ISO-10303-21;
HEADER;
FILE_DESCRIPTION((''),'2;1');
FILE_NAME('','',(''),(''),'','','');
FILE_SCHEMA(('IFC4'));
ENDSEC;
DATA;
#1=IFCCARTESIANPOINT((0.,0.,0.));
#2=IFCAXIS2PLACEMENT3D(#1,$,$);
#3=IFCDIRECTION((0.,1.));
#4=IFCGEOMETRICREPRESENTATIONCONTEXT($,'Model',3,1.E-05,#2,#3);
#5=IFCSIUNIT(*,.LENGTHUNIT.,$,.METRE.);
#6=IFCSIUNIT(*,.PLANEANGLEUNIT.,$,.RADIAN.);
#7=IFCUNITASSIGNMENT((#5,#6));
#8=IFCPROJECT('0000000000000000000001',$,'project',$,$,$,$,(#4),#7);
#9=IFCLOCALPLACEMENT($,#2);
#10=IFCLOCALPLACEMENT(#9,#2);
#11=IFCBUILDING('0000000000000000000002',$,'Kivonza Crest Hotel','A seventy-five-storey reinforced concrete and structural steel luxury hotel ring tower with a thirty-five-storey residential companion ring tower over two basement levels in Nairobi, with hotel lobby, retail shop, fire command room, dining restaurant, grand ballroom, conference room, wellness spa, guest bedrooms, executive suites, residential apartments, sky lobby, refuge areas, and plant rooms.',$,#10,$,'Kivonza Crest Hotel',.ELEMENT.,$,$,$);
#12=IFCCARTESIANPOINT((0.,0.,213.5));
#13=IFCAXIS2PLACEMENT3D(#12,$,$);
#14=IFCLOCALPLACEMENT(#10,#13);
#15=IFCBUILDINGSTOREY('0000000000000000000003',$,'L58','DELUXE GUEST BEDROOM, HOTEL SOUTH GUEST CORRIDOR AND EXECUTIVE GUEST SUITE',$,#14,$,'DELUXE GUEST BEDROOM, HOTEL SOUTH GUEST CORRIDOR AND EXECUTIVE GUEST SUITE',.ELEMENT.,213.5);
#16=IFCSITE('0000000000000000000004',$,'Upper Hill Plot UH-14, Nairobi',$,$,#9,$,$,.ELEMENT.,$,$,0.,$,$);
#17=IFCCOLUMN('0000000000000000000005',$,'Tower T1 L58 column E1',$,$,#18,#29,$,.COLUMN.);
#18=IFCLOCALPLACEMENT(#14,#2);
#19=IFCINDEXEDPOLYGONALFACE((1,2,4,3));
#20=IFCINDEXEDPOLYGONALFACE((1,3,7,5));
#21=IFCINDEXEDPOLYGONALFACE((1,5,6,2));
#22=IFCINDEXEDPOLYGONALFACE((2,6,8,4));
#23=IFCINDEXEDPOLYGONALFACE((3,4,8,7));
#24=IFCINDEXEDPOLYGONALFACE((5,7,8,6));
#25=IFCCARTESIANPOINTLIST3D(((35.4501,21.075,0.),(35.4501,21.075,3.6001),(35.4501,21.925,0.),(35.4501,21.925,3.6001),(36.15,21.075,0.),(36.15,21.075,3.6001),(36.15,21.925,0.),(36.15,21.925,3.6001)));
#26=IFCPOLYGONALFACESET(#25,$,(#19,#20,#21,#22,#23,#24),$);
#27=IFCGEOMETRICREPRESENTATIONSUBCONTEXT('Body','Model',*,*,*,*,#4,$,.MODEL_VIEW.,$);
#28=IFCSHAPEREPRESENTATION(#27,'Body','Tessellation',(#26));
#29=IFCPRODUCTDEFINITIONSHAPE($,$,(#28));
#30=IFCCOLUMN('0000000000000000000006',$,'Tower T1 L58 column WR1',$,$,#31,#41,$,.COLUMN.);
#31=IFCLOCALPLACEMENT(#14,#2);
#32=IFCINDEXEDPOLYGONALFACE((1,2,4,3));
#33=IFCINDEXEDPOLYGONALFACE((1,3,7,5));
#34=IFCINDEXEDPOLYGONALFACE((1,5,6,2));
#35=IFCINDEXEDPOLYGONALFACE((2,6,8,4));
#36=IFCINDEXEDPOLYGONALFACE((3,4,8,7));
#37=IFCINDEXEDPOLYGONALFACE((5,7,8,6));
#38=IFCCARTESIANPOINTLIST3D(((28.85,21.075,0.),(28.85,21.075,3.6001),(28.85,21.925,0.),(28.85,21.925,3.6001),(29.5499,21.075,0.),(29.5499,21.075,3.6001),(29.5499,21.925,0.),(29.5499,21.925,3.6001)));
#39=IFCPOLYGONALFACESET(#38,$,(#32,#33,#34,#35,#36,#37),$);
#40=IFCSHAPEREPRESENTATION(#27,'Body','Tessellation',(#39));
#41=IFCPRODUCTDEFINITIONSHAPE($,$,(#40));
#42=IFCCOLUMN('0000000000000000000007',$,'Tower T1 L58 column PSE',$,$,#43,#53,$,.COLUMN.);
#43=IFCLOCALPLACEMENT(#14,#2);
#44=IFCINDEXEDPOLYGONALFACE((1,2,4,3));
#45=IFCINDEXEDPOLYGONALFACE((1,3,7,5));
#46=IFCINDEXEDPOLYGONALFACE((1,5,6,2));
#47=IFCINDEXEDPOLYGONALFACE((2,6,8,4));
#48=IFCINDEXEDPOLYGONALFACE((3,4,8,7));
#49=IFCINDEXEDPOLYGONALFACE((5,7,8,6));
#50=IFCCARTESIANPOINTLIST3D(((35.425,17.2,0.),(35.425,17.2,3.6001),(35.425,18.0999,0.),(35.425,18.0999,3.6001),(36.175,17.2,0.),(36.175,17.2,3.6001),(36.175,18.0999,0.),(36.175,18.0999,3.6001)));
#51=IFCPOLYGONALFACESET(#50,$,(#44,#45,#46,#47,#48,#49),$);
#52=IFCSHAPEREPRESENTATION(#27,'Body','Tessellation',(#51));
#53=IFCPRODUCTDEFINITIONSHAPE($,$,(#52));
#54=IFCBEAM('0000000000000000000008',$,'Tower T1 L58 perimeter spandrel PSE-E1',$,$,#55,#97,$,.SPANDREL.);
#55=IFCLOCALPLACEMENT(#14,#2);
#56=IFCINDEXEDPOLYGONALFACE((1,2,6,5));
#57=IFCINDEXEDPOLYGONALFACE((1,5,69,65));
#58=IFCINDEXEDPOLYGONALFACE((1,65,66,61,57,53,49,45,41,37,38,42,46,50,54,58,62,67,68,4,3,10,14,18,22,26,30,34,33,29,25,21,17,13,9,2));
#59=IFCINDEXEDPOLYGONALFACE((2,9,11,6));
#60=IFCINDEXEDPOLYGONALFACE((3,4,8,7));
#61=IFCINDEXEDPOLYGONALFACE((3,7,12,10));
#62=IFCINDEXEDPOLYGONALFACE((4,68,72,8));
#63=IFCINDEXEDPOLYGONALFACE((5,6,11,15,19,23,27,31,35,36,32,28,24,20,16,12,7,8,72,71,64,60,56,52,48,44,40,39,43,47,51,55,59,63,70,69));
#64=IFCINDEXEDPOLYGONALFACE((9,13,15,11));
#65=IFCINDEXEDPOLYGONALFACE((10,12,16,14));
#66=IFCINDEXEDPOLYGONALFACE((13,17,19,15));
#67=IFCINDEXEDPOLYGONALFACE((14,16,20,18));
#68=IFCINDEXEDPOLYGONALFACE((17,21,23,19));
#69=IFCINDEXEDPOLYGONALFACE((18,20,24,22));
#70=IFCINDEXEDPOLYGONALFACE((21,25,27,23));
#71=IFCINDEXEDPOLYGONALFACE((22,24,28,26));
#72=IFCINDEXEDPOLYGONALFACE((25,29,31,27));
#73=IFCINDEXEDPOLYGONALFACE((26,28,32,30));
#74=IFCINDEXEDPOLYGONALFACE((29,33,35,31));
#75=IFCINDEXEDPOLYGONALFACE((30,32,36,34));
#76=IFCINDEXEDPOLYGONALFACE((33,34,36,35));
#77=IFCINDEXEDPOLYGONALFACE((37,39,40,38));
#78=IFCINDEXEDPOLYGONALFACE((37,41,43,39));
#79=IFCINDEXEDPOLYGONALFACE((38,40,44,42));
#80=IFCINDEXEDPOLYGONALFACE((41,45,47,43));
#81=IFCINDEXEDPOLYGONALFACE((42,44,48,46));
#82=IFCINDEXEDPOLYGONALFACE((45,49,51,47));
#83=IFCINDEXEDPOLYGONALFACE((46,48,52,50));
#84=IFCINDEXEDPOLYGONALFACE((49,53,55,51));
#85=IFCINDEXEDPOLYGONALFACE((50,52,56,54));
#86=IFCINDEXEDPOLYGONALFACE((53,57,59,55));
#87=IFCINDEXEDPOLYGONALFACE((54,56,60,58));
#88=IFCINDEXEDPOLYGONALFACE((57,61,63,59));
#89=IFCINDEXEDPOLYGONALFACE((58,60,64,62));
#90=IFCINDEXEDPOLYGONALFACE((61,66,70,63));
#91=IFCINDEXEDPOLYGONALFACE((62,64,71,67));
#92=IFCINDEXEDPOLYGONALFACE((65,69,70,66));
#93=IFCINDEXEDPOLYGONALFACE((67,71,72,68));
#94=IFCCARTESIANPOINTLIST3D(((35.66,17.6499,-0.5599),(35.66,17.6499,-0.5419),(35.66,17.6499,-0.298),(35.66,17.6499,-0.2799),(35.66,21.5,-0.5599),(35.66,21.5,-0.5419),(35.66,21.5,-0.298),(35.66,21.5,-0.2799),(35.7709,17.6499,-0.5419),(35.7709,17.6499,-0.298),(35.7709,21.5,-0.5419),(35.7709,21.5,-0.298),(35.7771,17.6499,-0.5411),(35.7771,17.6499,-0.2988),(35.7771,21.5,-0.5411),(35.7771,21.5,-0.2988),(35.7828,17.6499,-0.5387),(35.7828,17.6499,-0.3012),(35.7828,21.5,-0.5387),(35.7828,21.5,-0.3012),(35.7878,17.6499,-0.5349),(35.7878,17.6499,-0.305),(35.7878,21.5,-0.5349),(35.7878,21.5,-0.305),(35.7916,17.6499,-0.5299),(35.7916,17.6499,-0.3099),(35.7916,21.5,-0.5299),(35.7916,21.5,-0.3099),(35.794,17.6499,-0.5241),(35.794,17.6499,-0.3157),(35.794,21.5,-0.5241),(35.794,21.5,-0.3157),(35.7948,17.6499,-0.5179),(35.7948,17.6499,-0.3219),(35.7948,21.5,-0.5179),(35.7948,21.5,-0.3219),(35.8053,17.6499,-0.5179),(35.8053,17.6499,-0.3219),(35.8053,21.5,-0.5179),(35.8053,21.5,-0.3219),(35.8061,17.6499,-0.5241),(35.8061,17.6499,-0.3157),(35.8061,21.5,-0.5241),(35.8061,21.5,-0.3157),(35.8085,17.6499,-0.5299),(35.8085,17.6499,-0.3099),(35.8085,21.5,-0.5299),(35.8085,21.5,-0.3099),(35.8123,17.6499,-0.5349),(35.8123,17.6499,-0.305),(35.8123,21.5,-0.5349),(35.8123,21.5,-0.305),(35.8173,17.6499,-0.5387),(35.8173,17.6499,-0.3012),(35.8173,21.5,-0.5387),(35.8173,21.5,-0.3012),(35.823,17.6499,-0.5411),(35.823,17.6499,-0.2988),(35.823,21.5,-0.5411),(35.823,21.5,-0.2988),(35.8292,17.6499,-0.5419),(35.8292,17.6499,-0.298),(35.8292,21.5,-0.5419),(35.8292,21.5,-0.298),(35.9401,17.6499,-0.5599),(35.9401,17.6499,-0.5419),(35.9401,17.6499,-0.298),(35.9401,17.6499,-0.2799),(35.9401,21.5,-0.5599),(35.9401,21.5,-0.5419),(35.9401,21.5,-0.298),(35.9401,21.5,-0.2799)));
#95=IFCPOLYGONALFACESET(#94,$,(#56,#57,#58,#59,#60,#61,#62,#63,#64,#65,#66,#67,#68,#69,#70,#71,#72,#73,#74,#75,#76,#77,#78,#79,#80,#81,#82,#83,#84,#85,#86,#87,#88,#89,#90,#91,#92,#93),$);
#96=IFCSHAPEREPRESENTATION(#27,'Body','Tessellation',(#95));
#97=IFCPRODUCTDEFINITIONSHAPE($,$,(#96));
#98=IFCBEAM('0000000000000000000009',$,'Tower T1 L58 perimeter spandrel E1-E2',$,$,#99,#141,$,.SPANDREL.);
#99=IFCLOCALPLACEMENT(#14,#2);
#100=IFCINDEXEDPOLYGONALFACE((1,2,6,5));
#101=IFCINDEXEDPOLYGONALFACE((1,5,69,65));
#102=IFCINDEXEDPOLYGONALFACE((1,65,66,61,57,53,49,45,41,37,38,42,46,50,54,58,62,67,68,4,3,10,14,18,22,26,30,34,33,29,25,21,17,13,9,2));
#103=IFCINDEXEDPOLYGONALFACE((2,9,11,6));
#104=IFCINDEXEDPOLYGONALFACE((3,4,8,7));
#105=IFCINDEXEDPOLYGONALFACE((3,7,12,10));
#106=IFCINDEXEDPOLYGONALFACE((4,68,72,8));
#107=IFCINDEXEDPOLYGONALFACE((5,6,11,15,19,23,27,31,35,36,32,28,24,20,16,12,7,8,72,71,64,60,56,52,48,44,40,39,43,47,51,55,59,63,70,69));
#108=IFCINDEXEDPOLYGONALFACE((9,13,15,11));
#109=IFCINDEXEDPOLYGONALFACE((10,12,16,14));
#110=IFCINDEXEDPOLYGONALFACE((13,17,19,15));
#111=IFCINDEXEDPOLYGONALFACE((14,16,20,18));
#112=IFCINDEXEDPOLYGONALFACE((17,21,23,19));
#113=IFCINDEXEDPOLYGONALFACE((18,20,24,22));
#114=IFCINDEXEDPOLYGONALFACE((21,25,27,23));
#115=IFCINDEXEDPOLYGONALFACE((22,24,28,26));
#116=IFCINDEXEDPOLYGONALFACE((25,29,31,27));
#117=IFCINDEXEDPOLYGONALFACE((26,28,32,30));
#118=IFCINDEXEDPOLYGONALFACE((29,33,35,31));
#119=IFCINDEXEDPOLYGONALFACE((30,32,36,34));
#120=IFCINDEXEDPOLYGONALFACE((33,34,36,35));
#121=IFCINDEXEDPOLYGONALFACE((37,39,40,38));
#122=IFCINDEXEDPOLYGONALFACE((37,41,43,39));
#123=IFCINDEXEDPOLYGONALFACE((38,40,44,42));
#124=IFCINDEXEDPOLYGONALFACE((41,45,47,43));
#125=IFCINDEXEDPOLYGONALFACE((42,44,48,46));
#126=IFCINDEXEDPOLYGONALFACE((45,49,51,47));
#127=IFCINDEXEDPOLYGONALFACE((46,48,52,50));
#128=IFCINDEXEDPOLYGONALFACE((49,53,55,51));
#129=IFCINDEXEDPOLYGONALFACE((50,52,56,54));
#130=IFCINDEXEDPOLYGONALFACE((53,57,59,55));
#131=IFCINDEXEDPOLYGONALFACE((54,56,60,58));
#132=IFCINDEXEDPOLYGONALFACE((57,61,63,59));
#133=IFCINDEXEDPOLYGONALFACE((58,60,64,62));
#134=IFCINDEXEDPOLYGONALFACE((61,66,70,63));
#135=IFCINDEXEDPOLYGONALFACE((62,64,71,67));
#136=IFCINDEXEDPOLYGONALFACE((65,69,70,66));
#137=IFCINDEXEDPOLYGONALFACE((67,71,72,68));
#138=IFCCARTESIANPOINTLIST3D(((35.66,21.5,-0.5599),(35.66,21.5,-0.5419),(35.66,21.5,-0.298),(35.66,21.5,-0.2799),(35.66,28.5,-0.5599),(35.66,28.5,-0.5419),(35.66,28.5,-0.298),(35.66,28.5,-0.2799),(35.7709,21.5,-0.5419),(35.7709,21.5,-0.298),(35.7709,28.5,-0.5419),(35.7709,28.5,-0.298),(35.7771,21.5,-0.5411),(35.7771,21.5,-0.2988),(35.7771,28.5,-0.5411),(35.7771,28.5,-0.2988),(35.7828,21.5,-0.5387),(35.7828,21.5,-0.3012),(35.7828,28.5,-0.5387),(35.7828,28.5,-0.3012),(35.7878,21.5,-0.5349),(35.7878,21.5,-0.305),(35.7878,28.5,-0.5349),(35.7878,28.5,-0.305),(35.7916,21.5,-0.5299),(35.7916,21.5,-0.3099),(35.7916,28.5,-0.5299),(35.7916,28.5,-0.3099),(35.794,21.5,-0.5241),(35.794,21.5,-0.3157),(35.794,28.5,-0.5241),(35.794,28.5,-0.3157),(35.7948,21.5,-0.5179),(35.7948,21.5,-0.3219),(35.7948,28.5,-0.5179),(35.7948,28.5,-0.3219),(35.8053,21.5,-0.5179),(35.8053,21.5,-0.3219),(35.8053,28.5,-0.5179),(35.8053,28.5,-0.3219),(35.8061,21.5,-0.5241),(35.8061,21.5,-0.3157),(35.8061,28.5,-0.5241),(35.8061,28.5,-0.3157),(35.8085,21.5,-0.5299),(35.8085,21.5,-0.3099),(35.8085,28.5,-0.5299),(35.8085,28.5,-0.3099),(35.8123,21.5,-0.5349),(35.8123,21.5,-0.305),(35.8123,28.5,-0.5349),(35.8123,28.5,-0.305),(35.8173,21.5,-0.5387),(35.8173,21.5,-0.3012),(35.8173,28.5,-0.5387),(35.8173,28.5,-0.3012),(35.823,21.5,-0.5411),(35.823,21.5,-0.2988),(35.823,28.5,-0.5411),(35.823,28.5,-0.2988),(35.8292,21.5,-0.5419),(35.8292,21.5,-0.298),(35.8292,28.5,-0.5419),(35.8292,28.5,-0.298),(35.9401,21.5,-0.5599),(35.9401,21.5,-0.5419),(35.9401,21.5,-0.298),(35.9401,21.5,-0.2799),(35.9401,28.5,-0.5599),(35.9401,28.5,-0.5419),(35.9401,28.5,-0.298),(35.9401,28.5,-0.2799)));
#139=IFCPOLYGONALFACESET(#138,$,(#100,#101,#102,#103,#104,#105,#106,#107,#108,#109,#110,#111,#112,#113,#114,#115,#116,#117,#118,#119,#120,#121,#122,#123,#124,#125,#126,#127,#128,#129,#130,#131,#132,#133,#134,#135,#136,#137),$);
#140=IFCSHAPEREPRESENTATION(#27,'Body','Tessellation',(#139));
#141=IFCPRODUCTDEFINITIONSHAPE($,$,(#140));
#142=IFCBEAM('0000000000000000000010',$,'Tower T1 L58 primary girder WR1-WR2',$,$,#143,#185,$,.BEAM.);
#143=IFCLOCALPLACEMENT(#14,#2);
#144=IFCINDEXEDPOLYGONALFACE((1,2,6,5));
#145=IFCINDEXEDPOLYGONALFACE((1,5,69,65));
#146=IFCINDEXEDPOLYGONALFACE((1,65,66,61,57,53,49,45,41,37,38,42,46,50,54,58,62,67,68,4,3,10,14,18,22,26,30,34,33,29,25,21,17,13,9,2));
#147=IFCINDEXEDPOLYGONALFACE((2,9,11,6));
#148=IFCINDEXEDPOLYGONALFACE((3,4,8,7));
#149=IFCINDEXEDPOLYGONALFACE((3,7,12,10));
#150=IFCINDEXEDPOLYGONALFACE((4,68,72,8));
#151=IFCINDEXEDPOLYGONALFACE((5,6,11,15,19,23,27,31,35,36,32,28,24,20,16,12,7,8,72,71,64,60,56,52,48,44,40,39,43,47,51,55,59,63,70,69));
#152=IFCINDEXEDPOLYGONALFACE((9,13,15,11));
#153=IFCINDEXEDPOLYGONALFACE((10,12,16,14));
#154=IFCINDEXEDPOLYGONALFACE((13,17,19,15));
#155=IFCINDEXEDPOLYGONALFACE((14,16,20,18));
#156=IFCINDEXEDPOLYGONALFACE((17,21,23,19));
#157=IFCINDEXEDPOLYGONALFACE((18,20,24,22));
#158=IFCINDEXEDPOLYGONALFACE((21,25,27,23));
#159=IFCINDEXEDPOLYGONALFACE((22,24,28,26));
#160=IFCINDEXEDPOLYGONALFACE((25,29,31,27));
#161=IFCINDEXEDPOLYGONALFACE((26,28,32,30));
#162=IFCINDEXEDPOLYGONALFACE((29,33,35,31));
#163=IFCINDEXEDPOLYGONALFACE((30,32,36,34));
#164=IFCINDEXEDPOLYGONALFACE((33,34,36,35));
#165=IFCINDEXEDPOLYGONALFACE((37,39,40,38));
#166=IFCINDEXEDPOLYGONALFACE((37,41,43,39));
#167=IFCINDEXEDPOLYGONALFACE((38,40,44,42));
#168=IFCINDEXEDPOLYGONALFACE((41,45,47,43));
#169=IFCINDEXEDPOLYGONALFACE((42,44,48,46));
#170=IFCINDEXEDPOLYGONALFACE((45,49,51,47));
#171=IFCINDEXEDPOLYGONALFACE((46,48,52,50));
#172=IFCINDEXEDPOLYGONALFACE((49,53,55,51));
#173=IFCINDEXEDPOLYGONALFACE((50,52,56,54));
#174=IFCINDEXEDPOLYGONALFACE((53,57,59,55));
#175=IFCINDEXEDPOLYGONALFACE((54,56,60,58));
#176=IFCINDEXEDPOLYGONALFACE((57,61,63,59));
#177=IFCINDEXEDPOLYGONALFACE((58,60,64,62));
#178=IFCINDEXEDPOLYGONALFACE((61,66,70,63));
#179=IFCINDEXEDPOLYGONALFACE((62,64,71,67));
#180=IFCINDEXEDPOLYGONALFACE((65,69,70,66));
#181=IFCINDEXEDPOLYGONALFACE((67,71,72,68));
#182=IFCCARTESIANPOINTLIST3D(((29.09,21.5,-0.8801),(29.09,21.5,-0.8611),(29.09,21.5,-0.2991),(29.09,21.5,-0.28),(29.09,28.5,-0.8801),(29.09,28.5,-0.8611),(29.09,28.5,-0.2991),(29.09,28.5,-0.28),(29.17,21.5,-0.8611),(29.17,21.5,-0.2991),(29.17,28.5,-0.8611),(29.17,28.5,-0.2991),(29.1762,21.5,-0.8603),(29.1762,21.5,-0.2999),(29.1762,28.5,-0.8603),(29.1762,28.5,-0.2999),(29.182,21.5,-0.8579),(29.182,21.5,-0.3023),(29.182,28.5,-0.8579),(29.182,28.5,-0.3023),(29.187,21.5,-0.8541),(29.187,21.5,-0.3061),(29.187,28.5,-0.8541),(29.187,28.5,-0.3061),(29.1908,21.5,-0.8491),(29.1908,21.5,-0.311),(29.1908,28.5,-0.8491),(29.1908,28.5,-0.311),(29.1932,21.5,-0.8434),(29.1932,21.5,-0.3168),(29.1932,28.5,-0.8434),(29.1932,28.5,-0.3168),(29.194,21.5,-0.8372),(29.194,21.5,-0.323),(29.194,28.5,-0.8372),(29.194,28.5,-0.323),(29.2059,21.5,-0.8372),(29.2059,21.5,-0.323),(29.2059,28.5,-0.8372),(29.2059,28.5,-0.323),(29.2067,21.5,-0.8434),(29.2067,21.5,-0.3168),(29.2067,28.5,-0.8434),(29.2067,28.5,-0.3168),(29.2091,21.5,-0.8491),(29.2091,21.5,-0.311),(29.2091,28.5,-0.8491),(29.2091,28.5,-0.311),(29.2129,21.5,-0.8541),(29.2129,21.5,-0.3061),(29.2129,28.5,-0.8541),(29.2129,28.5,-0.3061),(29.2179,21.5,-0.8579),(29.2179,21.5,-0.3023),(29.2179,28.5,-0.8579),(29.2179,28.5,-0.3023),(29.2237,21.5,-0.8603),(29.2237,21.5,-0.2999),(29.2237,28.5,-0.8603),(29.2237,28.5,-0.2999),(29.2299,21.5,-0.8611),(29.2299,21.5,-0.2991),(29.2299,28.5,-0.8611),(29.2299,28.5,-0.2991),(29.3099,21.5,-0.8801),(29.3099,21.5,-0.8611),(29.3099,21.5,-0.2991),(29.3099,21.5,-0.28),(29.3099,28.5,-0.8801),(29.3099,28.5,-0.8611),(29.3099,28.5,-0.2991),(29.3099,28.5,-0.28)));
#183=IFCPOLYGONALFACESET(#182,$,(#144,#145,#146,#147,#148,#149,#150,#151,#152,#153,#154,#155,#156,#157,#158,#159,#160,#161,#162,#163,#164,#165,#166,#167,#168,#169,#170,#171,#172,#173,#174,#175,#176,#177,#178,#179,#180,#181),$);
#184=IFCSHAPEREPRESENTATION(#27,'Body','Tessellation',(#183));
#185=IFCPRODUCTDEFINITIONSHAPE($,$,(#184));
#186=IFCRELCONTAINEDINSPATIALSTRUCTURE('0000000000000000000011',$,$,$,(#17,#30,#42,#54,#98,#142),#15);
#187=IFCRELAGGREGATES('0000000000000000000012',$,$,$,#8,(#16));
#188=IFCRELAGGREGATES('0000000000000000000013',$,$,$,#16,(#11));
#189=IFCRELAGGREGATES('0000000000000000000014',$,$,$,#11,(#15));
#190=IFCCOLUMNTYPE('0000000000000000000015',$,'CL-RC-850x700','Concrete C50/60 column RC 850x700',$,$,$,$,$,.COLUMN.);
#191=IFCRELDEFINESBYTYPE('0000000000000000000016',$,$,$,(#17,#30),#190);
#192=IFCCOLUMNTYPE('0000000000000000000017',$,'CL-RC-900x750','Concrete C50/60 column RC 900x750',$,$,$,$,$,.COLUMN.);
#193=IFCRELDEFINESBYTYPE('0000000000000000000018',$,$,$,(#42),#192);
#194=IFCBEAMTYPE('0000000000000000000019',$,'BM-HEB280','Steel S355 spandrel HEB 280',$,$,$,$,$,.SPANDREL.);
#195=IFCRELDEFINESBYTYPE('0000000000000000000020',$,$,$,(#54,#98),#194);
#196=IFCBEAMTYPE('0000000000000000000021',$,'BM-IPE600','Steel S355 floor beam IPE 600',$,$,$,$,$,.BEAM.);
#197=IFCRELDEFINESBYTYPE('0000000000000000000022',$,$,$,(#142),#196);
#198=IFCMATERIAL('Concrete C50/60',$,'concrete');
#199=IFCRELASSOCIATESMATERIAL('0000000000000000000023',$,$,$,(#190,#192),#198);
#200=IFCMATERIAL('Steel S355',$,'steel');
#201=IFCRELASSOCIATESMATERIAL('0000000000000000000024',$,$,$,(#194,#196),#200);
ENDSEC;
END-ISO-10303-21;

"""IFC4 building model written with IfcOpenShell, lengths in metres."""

from ifc_helpers import new_model, si_unit, direction, frame, origin, origin_2d, place, context, subcontext, project, spatial, rectangle, i_section, extrude, material, material_profile, profile_set, type_object, element, save


model = new_model("IFC4")

# Units and contexts
model_context = context("Model", 3, precision=1e-05, world=origin(), true_north=direction((0.0, 1.0)))
body_context = subcontext(model_context, "Body", "Model", "MODEL_VIEW")
ifc_project = project(units=[si_unit("LENGTHUNIT", "METRE"), si_unit("PLANEANGLEUNIT", "RADIAN")], contexts=[model_context])

# Site, building, storey
site_placement = place(None, origin())
site = spatial("IfcSite", under=ifc_project, at=site_placement, Name="Upper Hill Plot UH-14, Nairobi", CompositionType="ELEMENT", RefElevation=0.0)
building_placement = place(site_placement, origin())
building = spatial("IfcBuilding", under=site, at=building_placement, Name="Kivonza Crest Hotel", Description="A seventy-five-storey reinforced concrete and structural steel luxury hotel ring tower with a thirty-five-storey residential companion ring tower over two basement levels in Nairobi, with hotel lobby, retail shop, fire command room, dining restaurant, grand ballroom, conference room, wellness spa, guest bedrooms, executive suites, residential apartments, sky lobby, refuge areas, and plant rooms.", LongName="Kivonza Crest Hotel", CompositionType="ELEMENT")
storey_placement = place(building_placement, frame((0.0, 0.0, 213.5)))
storey = spatial("IfcBuildingStorey", under=building, at=storey_placement, Name="L58", Description="DELUXE GUEST BEDROOM, HOTEL SOUTH GUEST CORRIDOR AND EXECUTIVE GUEST SUITE", LongName="DELUXE GUEST BEDROOM, HOTEL SOUTH GUEST CORRIDOR AND EXECUTIVE GUEST SUITE", CompositionType="ELEMENT", Elevation=213.5)

# Columns
ifc_material_1 = material(Name="Concrete C50/60", Category="concrete")
ifc_material_profile_1 = material_profile(ifc_material_1, rectangle(XDim=0.7, YDim=0.8501, at=origin_2d()), Name="RC 850x700")
ifc_profile_set_1 = profile_set([ifc_material_profile_1], Name="Concrete C50/60")
column_type_1 = type_object("IfcColumnType", Name="CL-RC-850x700", Description="Concrete C50/60 column RC 850x700", PredefinedType="COLUMN", material=ifc_profile_set_1)
for number, where, z_axis, x_axis, name in (
    (1, (35.8, 21.5, 0.0), (0.0, 0.0, 1.0), (1.0, 0.0, 0.0), "Tower T1 L58 column E1"),
    (2, (29.2, 21.5, 0.0), (0.0, 0.0, 1.0), (1.0, 0.0, 0.0), "Tower T1 L58 column WR1"),
):
    element("IfcColumn", number, at=place(storey_placement, frame(where, z_axis=z_axis, x_axis=x_axis)), inside=storey, type_object=column_type_1, Name=name, PredefinedType="COLUMN", context=body_context, shape_type="SweptSolid", body=[
        extrude(rectangle(XDim=0.7, YDim=0.8501, at=origin_2d()), origin(), (0.0, 0.0, 1.0), 3.6001),
    ])
ifc_material_profile_2 = material_profile(ifc_material_1, rectangle(XDim=0.75, YDim=0.8999, at=origin_2d()), Name="RC 900x750")
ifc_profile_set_2 = profile_set([ifc_material_profile_2], Name="Concrete C50/60")
column_type_2 = type_object("IfcColumnType", Name="CL-RC-900x750", Description="Concrete C50/60 column RC 900x750", PredefinedType="COLUMN", material=ifc_profile_set_2)
column_placement = place(storey_placement, frame((35.8, 17.6499, 0.0), z_axis=(0.0, 0.0, 1.0), x_axis=(1.0, 0.0, 0.0)))
element("IfcColumn", 3, at=column_placement, inside=storey, type_object=column_type_2, Name="Tower T1 L58 column PSE", PredefinedType="COLUMN", context=body_context, shape_type="SweptSolid", body=[
    extrude(rectangle(XDim=0.75, YDim=0.8999, at=origin_2d()), origin(), (0.0, 0.0, 1.0), 3.6001),
])

# Beams
ifc_material_2 = material(Name="Steel S355", Category="steel")
ifc_material_profile_3 = material_profile(ifc_material_2, i_section(OverallWidth=0.28, OverallDepth=0.28, WebThickness=0.0105, FlangeThickness=0.0181, FilletRadius=0.0239, at=origin_2d()), Name="HEB 280")
ifc_profile_set_3 = profile_set([ifc_material_profile_3], Name="Steel S355")
beam_type_1 = type_object("IfcBeamType", Name="BM-HEB280", Description="Steel S355 spandrel HEB 280", PredefinedType="SPANDREL", material=ifc_profile_set_3)
beam_1_placement = place(storey_placement, frame((35.8, 17.6499, -0.4199), z_axis=(0.0, 1.0, 0.0), x_axis=(-1.0, 0.0, 0.0)))
element("IfcBeam", 4, at=beam_1_placement, inside=storey, type_object=beam_type_1, Name="Tower T1 L58 perimeter spandrel PSE-E1", PredefinedType="SPANDREL", context=body_context, shape_type="SweptSolid", body=[
    extrude(i_section(OverallWidth=0.28, OverallDepth=0.28, WebThickness=0.0105, FlangeThickness=0.0181, FilletRadius=0.0239, at=origin_2d()), origin(), (0.0, 0.0, 1.0), 3.8501),
])
beam_2_placement = place(storey_placement, frame((35.8, 21.5, -0.4199), z_axis=(0.0, 1.0, 0.0), x_axis=(-1.0, 0.0, 0.0)))
element("IfcBeam", 5, at=beam_2_placement, inside=storey, type_object=beam_type_1, Name="Tower T1 L58 perimeter spandrel E1-E2", PredefinedType="SPANDREL", context=body_context, shape_type="SweptSolid", body=[
    extrude(i_section(OverallWidth=0.28, OverallDepth=0.28, WebThickness=0.0105, FlangeThickness=0.0181, FilletRadius=0.0239, at=origin_2d()), origin(), (0.0, 0.0, 1.0), 7.0),
])
ifc_material_profile_4 = material_profile(ifc_material_2, i_section(OverallWidth=0.22, OverallDepth=0.6001, WebThickness=0.012, FlangeThickness=0.019, FilletRadius=0.0239, at=origin_2d()), Name="IPE 600")
ifc_profile_set_4 = profile_set([ifc_material_profile_4], Name="Steel S355")
beam_type_2 = type_object("IfcBeamType", Name="BM-IPE600", Description="Steel S355 floor beam IPE 600", PredefinedType="BEAM", material=ifc_profile_set_4)
beam_3_placement = place(storey_placement, frame((29.2, 21.5, -0.5801), z_axis=(0.0, 1.0, 0.0), x_axis=(-1.0, 0.0, 0.0)))
element("IfcBeam", 6, at=beam_3_placement, inside=storey, type_object=beam_type_2, Name="Tower T1 L58 primary girder WR1-WR2", PredefinedType="BEAM", context=body_context, shape_type="SweptSolid", body=[
    extrude(i_section(OverallWidth=0.22, OverallDepth=0.6001, WebThickness=0.012, FlangeThickness=0.019, FilletRadius=0.0239, at=origin_2d()), origin(), (0.0, 0.0, 1.0), 7.0),
])

save(model, "model.ifc")
